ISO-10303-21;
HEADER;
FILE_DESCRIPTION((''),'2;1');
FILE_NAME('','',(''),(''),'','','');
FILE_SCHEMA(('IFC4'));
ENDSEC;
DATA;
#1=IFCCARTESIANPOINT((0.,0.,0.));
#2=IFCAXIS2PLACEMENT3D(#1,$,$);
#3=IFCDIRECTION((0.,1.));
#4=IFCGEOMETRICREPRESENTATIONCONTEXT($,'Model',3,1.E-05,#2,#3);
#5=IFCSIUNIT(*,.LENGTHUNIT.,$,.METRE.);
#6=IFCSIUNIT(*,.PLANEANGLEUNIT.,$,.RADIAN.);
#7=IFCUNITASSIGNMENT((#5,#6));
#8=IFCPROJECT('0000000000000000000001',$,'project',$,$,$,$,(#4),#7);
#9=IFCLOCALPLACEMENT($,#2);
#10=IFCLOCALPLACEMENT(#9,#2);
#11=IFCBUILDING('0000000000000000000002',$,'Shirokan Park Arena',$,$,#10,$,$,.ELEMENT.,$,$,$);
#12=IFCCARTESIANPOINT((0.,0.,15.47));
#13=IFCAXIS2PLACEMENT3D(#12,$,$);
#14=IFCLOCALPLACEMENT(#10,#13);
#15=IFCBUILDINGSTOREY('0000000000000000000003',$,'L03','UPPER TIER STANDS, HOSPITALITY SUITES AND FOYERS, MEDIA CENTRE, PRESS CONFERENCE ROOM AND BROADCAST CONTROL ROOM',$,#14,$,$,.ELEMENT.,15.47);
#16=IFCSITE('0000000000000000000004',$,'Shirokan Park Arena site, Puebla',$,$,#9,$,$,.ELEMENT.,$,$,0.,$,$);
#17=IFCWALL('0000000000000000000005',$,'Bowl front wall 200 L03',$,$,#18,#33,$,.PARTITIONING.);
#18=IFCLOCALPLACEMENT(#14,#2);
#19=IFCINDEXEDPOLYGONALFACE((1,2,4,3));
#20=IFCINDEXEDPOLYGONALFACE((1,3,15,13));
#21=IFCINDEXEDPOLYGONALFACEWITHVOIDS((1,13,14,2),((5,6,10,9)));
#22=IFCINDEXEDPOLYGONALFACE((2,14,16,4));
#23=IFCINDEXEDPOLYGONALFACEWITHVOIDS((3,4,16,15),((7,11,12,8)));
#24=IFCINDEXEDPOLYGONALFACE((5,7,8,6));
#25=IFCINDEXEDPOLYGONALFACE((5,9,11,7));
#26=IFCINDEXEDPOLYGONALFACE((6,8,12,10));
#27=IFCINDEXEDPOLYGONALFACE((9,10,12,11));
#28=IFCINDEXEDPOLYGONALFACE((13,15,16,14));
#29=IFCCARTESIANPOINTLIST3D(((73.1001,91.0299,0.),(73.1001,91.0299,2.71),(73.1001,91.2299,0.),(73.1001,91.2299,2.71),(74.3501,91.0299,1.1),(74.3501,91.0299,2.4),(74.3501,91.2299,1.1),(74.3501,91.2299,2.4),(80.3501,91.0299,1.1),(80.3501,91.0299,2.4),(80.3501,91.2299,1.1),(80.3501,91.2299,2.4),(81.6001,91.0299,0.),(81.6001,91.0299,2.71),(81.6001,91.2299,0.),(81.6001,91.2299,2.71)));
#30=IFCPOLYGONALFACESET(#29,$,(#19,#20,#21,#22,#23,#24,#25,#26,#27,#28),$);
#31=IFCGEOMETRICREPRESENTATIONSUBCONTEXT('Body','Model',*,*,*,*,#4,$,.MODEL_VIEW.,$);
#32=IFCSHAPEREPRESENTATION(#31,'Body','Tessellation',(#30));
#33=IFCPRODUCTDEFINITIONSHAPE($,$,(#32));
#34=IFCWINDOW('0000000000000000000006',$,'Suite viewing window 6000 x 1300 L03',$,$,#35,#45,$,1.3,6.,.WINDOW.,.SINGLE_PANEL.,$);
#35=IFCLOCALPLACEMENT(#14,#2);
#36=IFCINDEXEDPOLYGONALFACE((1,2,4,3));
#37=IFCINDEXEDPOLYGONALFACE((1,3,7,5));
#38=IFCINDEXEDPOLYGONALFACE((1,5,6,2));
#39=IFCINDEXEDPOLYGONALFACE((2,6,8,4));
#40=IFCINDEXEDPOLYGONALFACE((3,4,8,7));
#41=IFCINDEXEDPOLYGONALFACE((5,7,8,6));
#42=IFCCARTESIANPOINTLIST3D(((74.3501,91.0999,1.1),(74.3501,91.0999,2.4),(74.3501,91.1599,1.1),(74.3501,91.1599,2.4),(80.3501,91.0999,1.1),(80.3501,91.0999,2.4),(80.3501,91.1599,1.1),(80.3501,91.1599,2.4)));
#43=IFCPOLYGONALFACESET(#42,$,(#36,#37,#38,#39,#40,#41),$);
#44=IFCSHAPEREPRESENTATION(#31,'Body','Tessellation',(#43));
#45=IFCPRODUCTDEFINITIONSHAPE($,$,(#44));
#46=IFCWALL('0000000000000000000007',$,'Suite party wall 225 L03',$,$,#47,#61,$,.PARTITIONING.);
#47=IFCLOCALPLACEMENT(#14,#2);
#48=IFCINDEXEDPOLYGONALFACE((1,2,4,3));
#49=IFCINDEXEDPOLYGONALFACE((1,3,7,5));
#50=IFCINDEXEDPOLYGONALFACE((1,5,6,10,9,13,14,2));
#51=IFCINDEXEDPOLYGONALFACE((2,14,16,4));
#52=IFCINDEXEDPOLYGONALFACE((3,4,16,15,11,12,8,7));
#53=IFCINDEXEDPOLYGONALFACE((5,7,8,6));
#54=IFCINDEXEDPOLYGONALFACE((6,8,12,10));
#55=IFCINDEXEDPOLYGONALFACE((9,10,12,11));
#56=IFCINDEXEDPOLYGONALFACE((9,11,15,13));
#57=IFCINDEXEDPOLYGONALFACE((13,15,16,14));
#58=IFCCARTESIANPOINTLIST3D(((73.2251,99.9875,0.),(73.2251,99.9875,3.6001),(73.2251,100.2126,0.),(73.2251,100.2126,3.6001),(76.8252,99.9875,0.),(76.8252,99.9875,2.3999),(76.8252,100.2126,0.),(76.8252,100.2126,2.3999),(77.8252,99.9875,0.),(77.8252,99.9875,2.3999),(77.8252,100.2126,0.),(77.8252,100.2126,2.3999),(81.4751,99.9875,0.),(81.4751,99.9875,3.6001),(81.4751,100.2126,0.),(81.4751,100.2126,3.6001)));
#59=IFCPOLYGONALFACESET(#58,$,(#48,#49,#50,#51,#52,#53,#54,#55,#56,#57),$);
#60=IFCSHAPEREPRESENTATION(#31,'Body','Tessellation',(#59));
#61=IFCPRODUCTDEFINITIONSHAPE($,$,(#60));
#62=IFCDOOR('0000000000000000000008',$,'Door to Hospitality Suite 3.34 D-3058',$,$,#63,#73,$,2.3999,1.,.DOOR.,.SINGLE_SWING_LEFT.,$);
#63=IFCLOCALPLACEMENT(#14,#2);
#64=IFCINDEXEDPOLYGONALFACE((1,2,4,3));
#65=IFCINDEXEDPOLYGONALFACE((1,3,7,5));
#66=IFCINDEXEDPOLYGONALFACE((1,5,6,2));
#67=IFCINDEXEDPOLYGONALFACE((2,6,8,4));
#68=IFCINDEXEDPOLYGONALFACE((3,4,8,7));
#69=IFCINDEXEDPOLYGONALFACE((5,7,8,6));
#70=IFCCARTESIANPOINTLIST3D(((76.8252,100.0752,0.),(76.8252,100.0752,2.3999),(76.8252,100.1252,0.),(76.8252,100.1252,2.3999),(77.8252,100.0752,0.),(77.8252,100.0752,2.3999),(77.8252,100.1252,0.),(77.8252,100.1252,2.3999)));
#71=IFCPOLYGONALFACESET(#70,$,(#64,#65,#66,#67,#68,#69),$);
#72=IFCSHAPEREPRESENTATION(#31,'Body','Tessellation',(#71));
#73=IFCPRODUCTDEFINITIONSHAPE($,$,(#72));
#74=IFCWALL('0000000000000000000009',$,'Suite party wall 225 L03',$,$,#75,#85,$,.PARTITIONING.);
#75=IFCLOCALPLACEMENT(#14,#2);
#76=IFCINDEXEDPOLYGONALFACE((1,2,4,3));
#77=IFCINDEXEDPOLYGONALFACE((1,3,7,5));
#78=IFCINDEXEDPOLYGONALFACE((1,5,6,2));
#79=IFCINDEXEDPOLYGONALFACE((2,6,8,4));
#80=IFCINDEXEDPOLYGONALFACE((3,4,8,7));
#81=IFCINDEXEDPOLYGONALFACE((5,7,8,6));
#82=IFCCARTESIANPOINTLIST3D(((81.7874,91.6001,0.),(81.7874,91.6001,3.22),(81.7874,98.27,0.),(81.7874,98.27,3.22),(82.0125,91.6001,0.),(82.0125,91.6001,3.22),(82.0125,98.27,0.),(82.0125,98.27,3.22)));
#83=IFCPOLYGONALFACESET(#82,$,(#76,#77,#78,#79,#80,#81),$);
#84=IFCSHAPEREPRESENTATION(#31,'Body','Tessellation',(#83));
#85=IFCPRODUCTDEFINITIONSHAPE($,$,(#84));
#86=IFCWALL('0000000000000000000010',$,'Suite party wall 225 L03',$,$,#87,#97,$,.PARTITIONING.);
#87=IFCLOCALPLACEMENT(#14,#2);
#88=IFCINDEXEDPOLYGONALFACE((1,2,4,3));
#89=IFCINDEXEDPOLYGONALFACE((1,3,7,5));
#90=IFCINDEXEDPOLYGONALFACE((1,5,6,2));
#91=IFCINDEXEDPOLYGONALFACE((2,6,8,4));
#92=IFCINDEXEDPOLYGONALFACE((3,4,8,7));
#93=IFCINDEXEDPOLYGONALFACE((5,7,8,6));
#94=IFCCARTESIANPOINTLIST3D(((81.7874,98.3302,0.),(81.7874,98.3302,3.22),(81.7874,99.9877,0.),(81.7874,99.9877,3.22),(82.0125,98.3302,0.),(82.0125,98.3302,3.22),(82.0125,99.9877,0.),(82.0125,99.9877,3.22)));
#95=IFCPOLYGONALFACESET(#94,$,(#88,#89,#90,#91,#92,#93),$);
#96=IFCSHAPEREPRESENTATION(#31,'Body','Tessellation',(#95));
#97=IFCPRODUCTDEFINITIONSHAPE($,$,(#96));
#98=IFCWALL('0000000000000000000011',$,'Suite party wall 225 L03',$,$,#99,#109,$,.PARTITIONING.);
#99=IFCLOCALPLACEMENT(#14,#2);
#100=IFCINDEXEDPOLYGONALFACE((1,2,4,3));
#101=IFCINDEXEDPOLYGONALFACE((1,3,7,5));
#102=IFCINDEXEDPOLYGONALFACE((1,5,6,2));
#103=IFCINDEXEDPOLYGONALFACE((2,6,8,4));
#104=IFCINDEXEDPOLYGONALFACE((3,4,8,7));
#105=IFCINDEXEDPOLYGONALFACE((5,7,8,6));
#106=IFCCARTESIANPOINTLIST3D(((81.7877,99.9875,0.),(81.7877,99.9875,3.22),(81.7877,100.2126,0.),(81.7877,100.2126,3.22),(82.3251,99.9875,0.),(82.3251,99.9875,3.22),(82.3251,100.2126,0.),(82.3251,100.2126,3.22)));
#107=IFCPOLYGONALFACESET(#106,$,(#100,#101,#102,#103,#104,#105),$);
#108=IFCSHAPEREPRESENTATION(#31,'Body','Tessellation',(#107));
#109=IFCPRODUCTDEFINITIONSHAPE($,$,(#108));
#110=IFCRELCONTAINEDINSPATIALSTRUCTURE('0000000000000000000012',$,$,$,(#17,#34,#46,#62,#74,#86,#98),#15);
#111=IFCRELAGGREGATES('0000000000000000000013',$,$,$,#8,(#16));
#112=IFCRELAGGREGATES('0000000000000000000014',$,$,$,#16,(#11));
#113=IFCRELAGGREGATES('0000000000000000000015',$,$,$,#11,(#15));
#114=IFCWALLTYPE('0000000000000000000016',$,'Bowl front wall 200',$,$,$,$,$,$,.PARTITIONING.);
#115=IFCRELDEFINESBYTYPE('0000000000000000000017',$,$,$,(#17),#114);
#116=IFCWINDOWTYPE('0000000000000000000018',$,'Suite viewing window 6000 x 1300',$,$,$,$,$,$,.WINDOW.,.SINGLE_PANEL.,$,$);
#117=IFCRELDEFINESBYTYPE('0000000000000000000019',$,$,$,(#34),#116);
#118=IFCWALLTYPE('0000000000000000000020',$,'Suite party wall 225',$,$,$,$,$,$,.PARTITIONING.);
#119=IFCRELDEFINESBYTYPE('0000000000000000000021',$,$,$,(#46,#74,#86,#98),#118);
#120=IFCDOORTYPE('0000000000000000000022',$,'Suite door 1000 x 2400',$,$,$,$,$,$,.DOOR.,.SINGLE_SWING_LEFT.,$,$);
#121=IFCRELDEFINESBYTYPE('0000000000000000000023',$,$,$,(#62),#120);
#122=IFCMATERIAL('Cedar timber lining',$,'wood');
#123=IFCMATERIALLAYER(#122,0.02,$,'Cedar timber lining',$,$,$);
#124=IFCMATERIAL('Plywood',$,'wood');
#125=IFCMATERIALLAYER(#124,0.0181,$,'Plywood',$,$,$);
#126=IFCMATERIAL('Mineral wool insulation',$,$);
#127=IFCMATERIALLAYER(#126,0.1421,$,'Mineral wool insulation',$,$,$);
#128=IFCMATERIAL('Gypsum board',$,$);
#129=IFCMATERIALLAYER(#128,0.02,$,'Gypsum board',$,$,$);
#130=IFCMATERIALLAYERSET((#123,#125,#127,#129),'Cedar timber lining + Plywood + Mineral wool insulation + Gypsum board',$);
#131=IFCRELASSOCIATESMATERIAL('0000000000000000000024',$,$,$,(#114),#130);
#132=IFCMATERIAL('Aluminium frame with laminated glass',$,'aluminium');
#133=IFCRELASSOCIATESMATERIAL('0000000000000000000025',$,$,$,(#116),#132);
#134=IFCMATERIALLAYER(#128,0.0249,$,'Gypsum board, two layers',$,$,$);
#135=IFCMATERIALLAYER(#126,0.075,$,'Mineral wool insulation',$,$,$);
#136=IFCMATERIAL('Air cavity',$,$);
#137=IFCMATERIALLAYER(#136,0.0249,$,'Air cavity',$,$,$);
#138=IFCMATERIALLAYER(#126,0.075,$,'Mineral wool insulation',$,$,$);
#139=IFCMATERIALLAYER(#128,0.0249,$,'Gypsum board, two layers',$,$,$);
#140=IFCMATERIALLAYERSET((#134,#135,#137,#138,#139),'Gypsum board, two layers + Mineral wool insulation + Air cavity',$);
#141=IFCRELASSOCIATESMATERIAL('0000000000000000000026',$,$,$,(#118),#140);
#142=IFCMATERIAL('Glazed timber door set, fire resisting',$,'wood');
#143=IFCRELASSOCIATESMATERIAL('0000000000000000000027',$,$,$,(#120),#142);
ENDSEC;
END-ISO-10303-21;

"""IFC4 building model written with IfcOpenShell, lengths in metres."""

from ifc_helpers import new_model, si_unit, direction, frame, frame_2d, origin, place, context, subcontext, project, spatial, rectangle, extrude, material, layer, layer_set, type_object, element, fill, save


model = new_model("IFC4")

# Units and contexts
model_context = context("Model", 3, precision=1e-05, world=origin(), true_north=direction((0.0, 1.0)))
body_context = subcontext(model_context, "Body", "Model", "MODEL_VIEW")
ifc_project = project(units=[si_unit("LENGTHUNIT", "METRE"), si_unit("PLANEANGLEUNIT", "RADIAN")], contexts=[model_context])

# Site, building, storey
site_placement = place(None, origin())
site = spatial("IfcSite", under=ifc_project, at=site_placement, Name="Shirokan Park Arena site, Puebla", CompositionType="ELEMENT", RefElevation=0.0)
building_placement = place(site_placement, origin())
building = spatial("IfcBuilding", under=site, at=building_placement, Name="Shirokan Park Arena", CompositionType="ELEMENT")
storey_placement = place(building_placement, frame((0.0, 0.0, 15.47)))
storey = spatial("IfcBuildingStorey", under=building, at=storey_placement, Name="L03", Description="UPPER TIER STANDS, HOSPITALITY SUITES AND FOYERS, MEDIA CENTRE, PRESS CONFERENCE ROOM AND BROADCAST CONTROL ROOM", CompositionType="ELEMENT", Elevation=15.47)

# Wall, opening, window
ifc_material_1 = material(Name="Cedar timber lining", Category="wood")
ifc_layer_1 = layer(ifc_material_1, 0.02, Name="Cedar timber lining")
ifc_material_2 = material(Name="Plywood", Category="wood")
ifc_layer_2 = layer(ifc_material_2, 0.0181, Name="Plywood")
ifc_material_3 = material(Name="Mineral wool insulation")
ifc_layer_3 = layer(ifc_material_3, 0.1421, Name="Mineral wool insulation")
ifc_material_4 = material(Name="Gypsum board")
ifc_layer_4 = layer(ifc_material_4, 0.02, Name="Gypsum board")
ifc_layer_set_1 = layer_set([ifc_layer_1, ifc_layer_2, ifc_layer_3, ifc_layer_4], Name="Cedar timber lining + Plywood + Mineral wool insulation + Gypsum board")
wall_type_1 = type_object("IfcWallType", Name="Bowl front wall 200", PredefinedType="PARTITIONING", material=ifc_layer_set_1)
wall_1_placement = place(storey_placement, frame((81.6001, 91.1299, 0.0), z_axis=(0.0, 0.0, 1.0), x_axis=(-1.0, 0.0, 0.0)))
wall_1 = element("IfcWall", 1, at=wall_1_placement, inside=storey, type_object=wall_type_1, Name="Bowl front wall 200 L03", PredefinedType="PARTITIONING", context=body_context, shape_type="SweptSolid", body=[
    extrude(rectangle(XDim=8.5, YDim=0.2, at=frame_2d((4.25, 0.0))), origin(), (0.0, 0.0, 1.0), 2.71),
])
opening_1_placement = place(wall_1_placement, frame((1.25, 0.0, 1.1001)))
opening_1 = element("IfcOpeningElement", 2, at=opening_1_placement, cuts=wall_1, PredefinedType="OPENING", context=body_context, shape_type="SweptSolid", body=[
    extrude(rectangle(XDim=6.0, YDim=1.3, at=frame_2d((3.0, 0.6499))), frame((0.0, 0.1099, 0.0), z_axis=(0.0, -1.0, 0.0), x_axis=(1.0, 0.0, 0.0)), (0.0, 0.0, 1.0), 0.22),
])
ifc_material_5 = material(Name="Aluminium frame with laminated glass", Category="aluminium")
window_type = type_object("IfcWindowType", Name="Suite viewing window 6000 x 1300", PartitioningType="SINGLE_PANEL", PredefinedType="WINDOW", material=ifc_material_5)
window_placement = place(opening_1_placement, origin())
window = element("IfcWindow", 3, at=window_placement, inside=storey, type_object=window_type, Name="Suite viewing window 6000 x 1300 L03", OverallHeight=1.3, OverallWidth=6.0, PartitioningType="SINGLE_PANEL", PredefinedType="WINDOW", context=body_context, shape_type="SweptSolid", body=[
    extrude(rectangle(XDim=6.0, YDim=1.3, at=frame_2d((3.0, 0.6499))), frame((0.0, 0.03, 0.0), z_axis=(0.0, -1.0, 0.0), x_axis=(1.0, 0.0, 0.0)), (0.0, 0.0, 1.0), 0.0601),
])
fill(opening_1, window)

# Wall, opening, door
ifc_layer_5 = layer(ifc_material_4, 0.0249, Name="Gypsum board, two layers")
ifc_layer_6 = layer(ifc_material_3, 0.075, Name="Mineral wool insulation")
ifc_material_6 = material(Name="Air cavity")
ifc_layer_7 = layer(ifc_material_6, 0.0249, Name="Air cavity")
ifc_layer_8 = layer(ifc_material_3, 0.075, Name="Mineral wool insulation")
ifc_layer_9 = layer(ifc_material_4, 0.0249, Name="Gypsum board, two layers")
ifc_layer_set_2 = layer_set([ifc_layer_5, ifc_layer_6, ifc_layer_7, ifc_layer_8, ifc_layer_9], Name="Gypsum board, two layers + Mineral wool insulation + Air cavity")
wall_type_2 = type_object("IfcWallType", Name="Suite party wall 225", PredefinedType="PARTITIONING", material=ifc_layer_set_2)
wall_2_placement = place(storey_placement, frame((81.4751, 100.1001, 0.0), z_axis=(0.0, 0.0, 1.0), x_axis=(-1.0, 0.0, 0.0)))
wall_2 = element("IfcWall", 4, at=wall_2_placement, inside=storey, type_object=wall_type_2, Name="Suite party wall 225 L03", PredefinedType="PARTITIONING", context=body_context, shape_type="SweptSolid", body=[
    extrude(rectangle(XDim=8.25, YDim=0.2251, at=frame_2d((4.125, 0.0))), origin(), (0.0, 0.0, 1.0), 3.6001),
])
opening_2_placement = place(wall_2_placement, frame((3.6499, 0.0, 0.0)))
opening_2 = element("IfcOpeningElement", 5, at=opening_2_placement, cuts=wall_2, PredefinedType="OPENING", context=body_context, shape_type="SweptSolid", body=[
    extrude(rectangle(XDim=1.0, YDim=2.3999, at=frame_2d((0.5, 1.2))), frame((0.0, 0.1226, 0.0), z_axis=(0.0, -1.0, 0.0), x_axis=(1.0, 0.0, 0.0)), (0.0, 0.0, 1.0), 0.2451),
])
ifc_material_7 = material(Name="Glazed timber door set, fire resisting", Category="wood")
door_type = type_object("IfcDoorType", Name="Suite door 1000 x 2400", OperationType="SINGLE_SWING_LEFT", PredefinedType="DOOR", material=ifc_material_7)
door_placement = place(opening_2_placement, origin())
door = element("IfcDoor", 6, at=door_placement, inside=storey, type_object=door_type, Name="Door to Hospitality Suite 3.34 D-3058", OperationType="SINGLE_SWING_LEFT", OverallHeight=2.3999, OverallWidth=1.0, PredefinedType="DOOR", context=body_context, shape_type="SweptSolid", body=[
    extrude(rectangle(XDim=1.0, YDim=2.3999, at=frame_2d((0.5, 1.2))), frame((0.0, 0.0249, 0.0), z_axis=(0.0, -1.0, 0.0), x_axis=(1.0, 0.0, 0.0)), (0.0, 0.0, 1.0), 0.05),
])
fill(opening_2, door)

# Walls
wall_3_placement = place(storey_placement, frame((81.8999, 98.27, 0.0), z_axis=(0.0, 0.0, 1.0), x_axis=(0.0, -1.0, 0.0)))
element("IfcWall", 7, at=wall_3_placement, inside=storey, type_object=wall_type_2, Name="Suite party wall 225 L03", PredefinedType="PARTITIONING", context=body_context, shape_type="SweptSolid", body=[
    extrude(rectangle(XDim=6.6699, YDim=0.2251, at=frame_2d((3.335, 0.0))), origin(), (0.0, 0.0, 1.0), 3.22),
])
wall_4_placement = place(storey_placement, frame((81.8999, 99.9875, 0.0), z_axis=(0.0, 0.0, 1.0), x_axis=(0.0, -1.0, 0.0)))
element("IfcWall", 8, at=wall_4_placement, inside=storey, type_object=wall_type_2, Name="Suite party wall 225 L03", PredefinedType="PARTITIONING", context=body_context, shape_type="SweptSolid", body=[
    extrude(rectangle(XDim=1.6575, YDim=0.2251, at=frame_2d((0.8286, 0.0))), origin(), (0.0, 0.0, 1.0), 3.22),
])
wall_5_placement = place(storey_placement, frame((82.325, 100.1001, 0.0), z_axis=(0.0, 0.0, 1.0), x_axis=(-1.0, 0.0, 0.0)))
element("IfcWall", 9, at=wall_5_placement, inside=storey, type_object=wall_type_2, Name="Suite party wall 225 L03", PredefinedType="PARTITIONING", context=body_context, shape_type="SweptSolid", body=[
    extrude(rectangle(XDim=0.5374, YDim=0.2251, at=frame_2d((0.2686, 0.0))), origin(), (0.0, 0.0, 1.0), 3.22),
])

save(model, "model.ifc")
